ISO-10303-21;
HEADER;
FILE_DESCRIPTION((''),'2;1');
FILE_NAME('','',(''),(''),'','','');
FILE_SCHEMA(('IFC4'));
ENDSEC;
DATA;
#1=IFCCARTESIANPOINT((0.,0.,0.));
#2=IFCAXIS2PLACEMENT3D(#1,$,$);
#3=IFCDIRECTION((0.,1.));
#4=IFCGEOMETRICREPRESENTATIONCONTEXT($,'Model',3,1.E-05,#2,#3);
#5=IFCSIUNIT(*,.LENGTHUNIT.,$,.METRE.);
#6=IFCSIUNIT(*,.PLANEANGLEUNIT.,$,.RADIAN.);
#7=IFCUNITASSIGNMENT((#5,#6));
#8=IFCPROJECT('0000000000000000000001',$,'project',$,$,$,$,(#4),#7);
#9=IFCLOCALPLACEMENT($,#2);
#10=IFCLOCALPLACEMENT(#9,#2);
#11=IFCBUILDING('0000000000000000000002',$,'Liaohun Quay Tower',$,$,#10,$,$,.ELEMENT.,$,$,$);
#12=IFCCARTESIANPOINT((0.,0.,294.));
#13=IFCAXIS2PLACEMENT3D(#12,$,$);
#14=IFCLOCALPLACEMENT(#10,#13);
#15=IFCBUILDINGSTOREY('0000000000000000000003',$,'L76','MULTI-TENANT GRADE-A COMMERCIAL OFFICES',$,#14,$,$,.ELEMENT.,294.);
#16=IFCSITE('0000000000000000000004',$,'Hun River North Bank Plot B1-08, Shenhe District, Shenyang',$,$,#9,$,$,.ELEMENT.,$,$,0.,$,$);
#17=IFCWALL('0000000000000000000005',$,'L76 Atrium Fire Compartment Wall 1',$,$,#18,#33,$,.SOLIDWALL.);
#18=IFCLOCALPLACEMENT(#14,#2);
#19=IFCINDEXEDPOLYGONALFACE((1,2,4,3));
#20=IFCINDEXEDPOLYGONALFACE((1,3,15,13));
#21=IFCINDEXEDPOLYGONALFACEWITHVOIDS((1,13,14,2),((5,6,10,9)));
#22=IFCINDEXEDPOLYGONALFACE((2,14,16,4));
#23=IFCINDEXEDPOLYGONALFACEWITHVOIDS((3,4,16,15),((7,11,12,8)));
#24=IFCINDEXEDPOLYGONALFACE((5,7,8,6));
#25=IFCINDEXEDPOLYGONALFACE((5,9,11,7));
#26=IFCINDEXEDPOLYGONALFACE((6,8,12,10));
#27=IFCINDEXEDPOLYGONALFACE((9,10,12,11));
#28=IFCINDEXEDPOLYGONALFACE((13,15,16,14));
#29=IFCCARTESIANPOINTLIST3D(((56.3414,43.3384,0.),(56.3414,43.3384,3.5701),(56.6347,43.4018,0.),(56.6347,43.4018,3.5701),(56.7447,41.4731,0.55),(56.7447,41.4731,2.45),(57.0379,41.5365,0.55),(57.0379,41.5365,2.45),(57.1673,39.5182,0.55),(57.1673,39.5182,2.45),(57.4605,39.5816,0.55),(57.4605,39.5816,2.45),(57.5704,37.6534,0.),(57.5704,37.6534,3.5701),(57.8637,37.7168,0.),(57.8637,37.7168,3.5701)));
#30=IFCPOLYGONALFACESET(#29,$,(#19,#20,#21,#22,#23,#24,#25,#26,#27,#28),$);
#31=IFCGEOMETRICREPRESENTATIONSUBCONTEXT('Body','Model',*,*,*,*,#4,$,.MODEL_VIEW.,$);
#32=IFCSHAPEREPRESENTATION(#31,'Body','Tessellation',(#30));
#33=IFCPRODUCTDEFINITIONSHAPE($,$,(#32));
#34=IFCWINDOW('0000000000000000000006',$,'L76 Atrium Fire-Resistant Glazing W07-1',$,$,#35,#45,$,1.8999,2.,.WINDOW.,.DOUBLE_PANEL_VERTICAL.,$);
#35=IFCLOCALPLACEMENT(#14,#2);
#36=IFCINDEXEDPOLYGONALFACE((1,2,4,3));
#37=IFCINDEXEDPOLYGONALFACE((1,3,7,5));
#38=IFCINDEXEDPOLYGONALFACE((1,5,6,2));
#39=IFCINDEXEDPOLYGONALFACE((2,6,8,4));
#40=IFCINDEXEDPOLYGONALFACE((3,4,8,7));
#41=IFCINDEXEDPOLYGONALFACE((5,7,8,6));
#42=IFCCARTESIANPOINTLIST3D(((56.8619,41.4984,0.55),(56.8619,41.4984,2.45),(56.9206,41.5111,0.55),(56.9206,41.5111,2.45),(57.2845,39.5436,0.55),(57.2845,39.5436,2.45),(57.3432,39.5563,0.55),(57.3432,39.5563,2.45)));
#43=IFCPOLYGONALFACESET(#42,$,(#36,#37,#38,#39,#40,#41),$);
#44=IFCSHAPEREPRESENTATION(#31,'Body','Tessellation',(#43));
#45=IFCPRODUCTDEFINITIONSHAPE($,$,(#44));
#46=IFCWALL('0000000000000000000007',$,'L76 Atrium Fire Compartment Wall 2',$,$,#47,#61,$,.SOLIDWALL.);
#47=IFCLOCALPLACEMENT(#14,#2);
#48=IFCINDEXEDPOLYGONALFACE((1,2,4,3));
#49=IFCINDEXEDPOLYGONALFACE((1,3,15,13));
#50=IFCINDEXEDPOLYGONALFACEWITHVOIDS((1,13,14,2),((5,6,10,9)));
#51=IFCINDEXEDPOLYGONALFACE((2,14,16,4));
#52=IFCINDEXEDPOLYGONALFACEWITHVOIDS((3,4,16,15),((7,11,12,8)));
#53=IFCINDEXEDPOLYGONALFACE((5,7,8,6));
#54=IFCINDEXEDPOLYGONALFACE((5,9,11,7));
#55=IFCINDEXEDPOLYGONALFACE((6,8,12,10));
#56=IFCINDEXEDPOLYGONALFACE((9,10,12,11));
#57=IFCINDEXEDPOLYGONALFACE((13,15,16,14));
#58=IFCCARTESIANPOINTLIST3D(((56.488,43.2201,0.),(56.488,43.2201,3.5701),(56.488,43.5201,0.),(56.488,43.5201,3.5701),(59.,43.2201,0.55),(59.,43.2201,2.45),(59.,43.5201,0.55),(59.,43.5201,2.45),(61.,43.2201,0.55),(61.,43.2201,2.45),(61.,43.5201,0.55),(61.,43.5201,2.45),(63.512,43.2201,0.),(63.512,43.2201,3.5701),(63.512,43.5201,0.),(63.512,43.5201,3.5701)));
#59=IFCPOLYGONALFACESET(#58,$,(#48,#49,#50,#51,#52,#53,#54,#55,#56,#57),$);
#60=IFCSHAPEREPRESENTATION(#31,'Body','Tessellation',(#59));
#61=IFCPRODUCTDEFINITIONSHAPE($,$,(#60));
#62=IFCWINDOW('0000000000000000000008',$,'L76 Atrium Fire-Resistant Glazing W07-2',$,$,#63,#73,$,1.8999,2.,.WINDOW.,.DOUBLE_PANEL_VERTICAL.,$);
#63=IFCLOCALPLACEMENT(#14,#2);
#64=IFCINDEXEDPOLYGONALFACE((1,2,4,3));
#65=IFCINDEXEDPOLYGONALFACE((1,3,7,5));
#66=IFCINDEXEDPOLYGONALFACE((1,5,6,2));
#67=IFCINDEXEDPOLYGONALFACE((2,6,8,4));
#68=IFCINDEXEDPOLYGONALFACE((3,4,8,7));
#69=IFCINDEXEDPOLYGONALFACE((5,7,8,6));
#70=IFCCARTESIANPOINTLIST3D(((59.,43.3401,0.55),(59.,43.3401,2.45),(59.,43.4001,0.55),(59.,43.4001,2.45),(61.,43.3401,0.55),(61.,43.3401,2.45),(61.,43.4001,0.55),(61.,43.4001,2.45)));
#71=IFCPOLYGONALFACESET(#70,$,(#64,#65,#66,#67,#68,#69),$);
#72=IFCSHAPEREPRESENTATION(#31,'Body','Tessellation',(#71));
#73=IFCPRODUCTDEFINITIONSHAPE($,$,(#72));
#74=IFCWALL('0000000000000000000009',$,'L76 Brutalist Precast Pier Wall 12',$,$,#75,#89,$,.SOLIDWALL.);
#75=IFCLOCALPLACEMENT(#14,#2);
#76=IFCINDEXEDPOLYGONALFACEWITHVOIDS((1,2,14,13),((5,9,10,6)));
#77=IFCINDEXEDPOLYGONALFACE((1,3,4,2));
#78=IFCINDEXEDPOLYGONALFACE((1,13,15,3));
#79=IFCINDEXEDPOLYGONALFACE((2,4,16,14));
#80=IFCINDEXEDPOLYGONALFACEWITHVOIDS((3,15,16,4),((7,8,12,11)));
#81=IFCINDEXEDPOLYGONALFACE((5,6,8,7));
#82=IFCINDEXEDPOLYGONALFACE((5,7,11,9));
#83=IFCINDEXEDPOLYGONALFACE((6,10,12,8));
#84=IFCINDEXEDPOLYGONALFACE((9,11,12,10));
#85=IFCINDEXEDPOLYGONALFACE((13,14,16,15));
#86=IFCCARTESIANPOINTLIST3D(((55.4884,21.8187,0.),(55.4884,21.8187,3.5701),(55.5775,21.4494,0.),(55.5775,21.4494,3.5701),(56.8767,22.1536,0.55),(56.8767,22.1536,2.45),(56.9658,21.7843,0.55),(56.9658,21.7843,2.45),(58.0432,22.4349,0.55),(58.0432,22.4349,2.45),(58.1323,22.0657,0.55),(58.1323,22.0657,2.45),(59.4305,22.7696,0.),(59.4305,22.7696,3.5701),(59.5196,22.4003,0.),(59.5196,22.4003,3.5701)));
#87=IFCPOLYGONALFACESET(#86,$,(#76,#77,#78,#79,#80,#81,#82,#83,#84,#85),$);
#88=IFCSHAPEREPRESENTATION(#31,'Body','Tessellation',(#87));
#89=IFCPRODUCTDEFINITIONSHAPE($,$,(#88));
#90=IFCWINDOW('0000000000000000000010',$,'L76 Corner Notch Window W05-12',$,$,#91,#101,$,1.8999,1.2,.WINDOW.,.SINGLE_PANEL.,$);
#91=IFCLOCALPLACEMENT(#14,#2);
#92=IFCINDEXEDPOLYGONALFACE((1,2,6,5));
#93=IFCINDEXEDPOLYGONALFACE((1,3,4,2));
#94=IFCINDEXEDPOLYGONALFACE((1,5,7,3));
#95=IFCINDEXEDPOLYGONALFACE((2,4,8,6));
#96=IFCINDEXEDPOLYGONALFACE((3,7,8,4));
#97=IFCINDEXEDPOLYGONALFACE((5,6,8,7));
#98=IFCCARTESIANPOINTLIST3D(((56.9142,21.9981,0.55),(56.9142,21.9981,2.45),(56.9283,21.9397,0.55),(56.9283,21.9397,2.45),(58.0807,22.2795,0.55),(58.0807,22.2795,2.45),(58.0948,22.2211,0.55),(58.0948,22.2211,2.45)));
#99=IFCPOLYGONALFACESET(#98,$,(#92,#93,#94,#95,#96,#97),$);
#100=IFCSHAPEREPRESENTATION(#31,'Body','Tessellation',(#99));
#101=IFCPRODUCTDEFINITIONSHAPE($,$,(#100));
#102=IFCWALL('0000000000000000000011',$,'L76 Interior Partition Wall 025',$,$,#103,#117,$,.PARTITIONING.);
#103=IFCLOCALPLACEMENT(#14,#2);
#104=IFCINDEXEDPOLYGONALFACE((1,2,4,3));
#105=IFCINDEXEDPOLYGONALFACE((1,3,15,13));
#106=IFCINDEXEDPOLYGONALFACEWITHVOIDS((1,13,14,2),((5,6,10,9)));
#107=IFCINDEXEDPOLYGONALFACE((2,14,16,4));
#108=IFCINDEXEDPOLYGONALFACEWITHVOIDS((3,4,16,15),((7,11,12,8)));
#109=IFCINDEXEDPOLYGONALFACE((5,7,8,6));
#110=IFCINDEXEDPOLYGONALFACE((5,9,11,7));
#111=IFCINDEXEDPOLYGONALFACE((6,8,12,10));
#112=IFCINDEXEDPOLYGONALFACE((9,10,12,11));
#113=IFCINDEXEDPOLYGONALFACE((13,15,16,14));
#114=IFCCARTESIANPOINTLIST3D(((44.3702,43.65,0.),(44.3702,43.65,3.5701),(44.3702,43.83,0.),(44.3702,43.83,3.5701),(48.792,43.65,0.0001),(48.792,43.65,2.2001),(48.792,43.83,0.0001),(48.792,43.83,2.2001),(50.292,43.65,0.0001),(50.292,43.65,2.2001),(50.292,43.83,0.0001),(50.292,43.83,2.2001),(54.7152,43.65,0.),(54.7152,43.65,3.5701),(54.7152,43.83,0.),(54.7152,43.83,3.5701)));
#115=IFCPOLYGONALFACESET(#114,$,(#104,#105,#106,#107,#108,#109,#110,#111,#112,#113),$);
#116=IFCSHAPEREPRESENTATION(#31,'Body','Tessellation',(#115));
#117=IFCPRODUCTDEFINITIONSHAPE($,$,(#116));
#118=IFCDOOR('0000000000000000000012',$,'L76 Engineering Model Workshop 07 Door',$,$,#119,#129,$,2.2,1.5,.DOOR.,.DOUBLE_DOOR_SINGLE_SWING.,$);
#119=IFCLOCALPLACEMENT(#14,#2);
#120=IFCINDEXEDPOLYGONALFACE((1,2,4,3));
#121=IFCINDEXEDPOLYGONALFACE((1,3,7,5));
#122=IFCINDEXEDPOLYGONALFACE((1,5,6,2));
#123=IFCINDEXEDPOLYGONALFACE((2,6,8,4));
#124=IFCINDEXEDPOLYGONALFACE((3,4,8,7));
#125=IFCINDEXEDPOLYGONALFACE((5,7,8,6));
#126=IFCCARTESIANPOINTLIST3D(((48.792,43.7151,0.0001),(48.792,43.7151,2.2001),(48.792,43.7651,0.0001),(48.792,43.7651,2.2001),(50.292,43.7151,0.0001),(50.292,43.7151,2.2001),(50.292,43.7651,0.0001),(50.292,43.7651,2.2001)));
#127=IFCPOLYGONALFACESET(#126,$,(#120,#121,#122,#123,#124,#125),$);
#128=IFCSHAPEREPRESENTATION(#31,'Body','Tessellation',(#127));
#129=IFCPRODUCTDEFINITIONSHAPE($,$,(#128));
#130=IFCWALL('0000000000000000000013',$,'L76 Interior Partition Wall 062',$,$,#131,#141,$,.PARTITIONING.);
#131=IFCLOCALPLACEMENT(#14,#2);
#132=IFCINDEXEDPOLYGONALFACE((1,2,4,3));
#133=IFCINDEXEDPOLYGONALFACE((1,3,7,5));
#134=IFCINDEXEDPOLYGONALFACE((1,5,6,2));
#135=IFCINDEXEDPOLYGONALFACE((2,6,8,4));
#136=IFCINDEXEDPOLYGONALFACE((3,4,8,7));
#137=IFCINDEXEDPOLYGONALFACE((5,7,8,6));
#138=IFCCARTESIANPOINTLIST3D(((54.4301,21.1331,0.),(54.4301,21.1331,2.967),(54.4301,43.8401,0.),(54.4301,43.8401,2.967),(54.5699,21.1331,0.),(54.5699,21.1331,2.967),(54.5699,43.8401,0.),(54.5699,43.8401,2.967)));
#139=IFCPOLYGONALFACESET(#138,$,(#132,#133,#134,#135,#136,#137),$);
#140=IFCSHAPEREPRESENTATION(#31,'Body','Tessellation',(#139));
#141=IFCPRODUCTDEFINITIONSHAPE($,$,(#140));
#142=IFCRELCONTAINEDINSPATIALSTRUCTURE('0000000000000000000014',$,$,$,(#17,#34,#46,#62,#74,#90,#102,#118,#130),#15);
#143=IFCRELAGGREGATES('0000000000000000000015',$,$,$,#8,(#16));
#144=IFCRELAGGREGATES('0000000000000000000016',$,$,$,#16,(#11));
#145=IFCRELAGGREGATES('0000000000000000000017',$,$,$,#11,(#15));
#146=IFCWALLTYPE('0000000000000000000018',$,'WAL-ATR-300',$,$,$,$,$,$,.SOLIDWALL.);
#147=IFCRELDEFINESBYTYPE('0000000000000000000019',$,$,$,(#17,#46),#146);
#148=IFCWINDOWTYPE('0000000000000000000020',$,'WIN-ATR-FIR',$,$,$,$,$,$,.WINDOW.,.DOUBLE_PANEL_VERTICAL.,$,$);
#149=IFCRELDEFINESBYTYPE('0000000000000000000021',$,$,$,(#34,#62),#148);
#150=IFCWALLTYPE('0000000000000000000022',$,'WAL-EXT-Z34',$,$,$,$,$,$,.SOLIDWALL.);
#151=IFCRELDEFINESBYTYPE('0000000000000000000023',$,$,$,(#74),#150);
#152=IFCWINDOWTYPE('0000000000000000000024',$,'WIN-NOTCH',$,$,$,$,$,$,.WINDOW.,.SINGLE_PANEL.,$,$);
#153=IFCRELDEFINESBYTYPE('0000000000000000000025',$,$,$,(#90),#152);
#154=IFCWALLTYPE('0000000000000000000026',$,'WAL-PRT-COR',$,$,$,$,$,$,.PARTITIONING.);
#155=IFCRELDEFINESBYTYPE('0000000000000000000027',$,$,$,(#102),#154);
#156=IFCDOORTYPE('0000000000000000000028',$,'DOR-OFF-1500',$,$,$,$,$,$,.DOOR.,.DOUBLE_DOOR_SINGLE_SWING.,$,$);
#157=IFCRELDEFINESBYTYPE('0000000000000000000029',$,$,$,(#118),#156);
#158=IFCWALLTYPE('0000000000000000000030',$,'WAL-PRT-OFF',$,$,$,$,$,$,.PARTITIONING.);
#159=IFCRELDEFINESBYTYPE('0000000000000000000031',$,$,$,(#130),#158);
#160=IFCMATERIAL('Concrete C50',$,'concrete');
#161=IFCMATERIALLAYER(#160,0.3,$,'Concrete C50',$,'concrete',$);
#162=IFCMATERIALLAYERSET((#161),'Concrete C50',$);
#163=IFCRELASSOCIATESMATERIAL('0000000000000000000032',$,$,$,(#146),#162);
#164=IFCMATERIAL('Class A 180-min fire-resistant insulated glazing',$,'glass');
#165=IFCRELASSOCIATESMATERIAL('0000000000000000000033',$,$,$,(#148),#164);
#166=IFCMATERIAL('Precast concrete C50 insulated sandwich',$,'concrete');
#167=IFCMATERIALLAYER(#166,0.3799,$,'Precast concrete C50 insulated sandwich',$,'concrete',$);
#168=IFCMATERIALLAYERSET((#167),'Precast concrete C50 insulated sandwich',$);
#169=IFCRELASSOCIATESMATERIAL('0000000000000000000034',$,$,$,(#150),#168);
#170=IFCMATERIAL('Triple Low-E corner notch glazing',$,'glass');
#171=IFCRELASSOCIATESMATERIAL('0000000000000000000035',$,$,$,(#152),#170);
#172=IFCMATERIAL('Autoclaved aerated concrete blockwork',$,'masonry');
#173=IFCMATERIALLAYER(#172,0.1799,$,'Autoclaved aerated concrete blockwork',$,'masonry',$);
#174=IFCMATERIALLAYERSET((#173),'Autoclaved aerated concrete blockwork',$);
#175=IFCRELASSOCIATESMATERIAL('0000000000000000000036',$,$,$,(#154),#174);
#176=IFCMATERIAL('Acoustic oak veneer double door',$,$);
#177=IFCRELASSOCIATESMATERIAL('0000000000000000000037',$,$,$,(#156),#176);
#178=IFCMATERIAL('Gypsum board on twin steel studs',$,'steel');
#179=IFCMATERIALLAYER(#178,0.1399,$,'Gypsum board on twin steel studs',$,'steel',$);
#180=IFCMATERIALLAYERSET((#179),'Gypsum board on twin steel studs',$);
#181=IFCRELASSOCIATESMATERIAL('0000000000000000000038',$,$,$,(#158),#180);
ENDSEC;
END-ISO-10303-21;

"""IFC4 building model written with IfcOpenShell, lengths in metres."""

from ifc_helpers import new_model, si_unit, direction, frame, frame_2d, origin, place, context, subcontext, project, spatial, rectangle, extrude, source, transform, mapped, material, layer, layer_set, type_object, element, fill, save


model = new_model("IFC4")

# Units and contexts
model_context = context("Model", 3, precision=1e-05, world=origin(), true_north=direction((0.0, 1.0)))
body_context = subcontext(model_context, "Body", "Model", "MODEL_VIEW")
ifc_project = project(units=[si_unit("LENGTHUNIT", "METRE"), si_unit("PLANEANGLEUNIT", "RADIAN")], contexts=[model_context])

# Site, building, storey
site_placement = place(None, origin())
site = spatial("IfcSite", under=ifc_project, at=site_placement, Name="Hun River North Bank Plot B1-08, Shenhe District, Shenyang", CompositionType="ELEMENT", RefElevation=0.0)
building_placement = place(site_placement, origin())
building = spatial("IfcBuilding", under=site, at=building_placement, Name="Liaohun Quay Tower", CompositionType="ELEMENT")
storey_placement = place(building_placement, frame((0.0, 0.0, 294.0)))
storey = spatial("IfcBuildingStorey", under=building, at=storey_placement, Name="L76", Description="MULTI-TENANT GRADE-A COMMERCIAL OFFICES", CompositionType="ELEMENT", Elevation=294.0)

# Shared definitions
ifc_material_1 = material(Name="Concrete C50", Category="concrete")

# Walls, openings, windows
ifc_layer_1 = layer(ifc_material_1, 0.3, Name="Concrete C50", Category="concrete")
ifc_layer_set_1 = layer_set([ifc_layer_1], Name="Concrete C50")
wall_type_1 = type_object("IfcWallType", Name="WAL-ATR-300", PredefinedType="SOLIDWALL", material=ifc_layer_set_1)
wall_1_placement = place(storey_placement, frame((57.717, 37.6851, 0.0), z_axis=(0.0, 0.0, 1.0), x_axis=(-0.2113, 0.977421, 0.0)))
wall_1 = element("IfcWall", 1, at=wall_1_placement, inside=storey, type_object=wall_type_1, Name="L76 Atrium Fire Compartment Wall 1", PredefinedType="SOLIDWALL", context=body_context, shape_type="SweptSolid", body=[
    extrude(rectangle(XDim=5.8164, YDim=0.3, at=frame_2d((2.9082, 0.0))), origin(), (0.0, 0.0, 1.0), 3.5701),
])
shared_shape_1 = source(origin(), body_context, "Body", "SweptSolid", [
    extrude(rectangle(XDim=2.0, YDim=1.8999, at=frame_2d((1.0, 0.95))), frame((0.0, 0.1599, 0.0), z_axis=(0.0, -1.0, 0.0), x_axis=(1.0, 0.0, 0.0)), (0.0, 0.0, 1.0), 0.3201),
])
opening_1_placement = place(wall_1_placement, frame((1.908, 0.0, 0.55)))
opening_1 = element("IfcOpeningElement", 2, at=opening_1_placement, cuts=wall_1, PredefinedType="OPENING", context=body_context, shape_type="MappedRepresentation", body=[
    mapped(shared_shape_1, transform((0.0, 0.0, 0.0), x_axis=(1.0, 0.0, 0.0), y_axis=(0.0, 1.0, 0.0), z_axis=(0.0, 0.0, 1.0), scale=1.0)),
])
ifc_material_2 = material(Name="Class A 180-min fire-resistant insulated glazing", Category="glass")
window_type_1 = type_object("IfcWindowType", Name="WIN-ATR-FIR", PartitioningType="DOUBLE_PANEL_VERTICAL", PredefinedType="WINDOW", material=ifc_material_2)
shared_shape_2 = source(origin(), body_context, "Body", "SweptSolid", [
    extrude(rectangle(XDim=2.0, YDim=1.8999, at=frame_2d((1.0, 0.95))), frame((0.0, 0.03, 0.0), z_axis=(0.0, -1.0, 0.0), x_axis=(1.0, 0.0, 0.0)), (0.0, 0.0, 1.0), 0.0601),
])
window_1_placement = place(opening_1_placement, origin())
window_1 = element("IfcWindow", 3, at=window_1_placement, inside=storey, type_object=window_type_1, Name="L76 Atrium Fire-Resistant Glazing W07-1", OverallHeight=1.8999, OverallWidth=2.0, PartitioningType="DOUBLE_PANEL_VERTICAL", PredefinedType="WINDOW", context=body_context, shape_type="MappedRepresentation", body=[
    mapped(shared_shape_2, transform((0.0, 0.0, 0.0), x_axis=(1.0, 0.0, 0.0), y_axis=(0.0, 1.0, 0.0), z_axis=(0.0, 0.0, 1.0), scale=1.0)),
])
fill(opening_1, window_1)
wall_2_placement = place(storey_placement, frame((56.488, 43.3701, 0.0), z_axis=(0.0, 0.0, 1.0), x_axis=(1.0, 0.0, 0.0)))
wall_2 = element("IfcWall", 4, at=wall_2_placement, inside=storey, type_object=wall_type_1, Name="L76 Atrium Fire Compartment Wall 2", PredefinedType="SOLIDWALL", context=body_context, shape_type="SweptSolid", body=[
    extrude(rectangle(XDim=7.0239, YDim=0.3, at=frame_2d((3.512, 0.0))), origin(), (0.0, 0.0, 1.0), 3.5701),
])
opening_2_placement = place(wall_2_placement, frame((2.512, 0.0, 0.55)))
opening_2 = element("IfcOpeningElement", 5, at=opening_2_placement, cuts=wall_2, PredefinedType="OPENING", context=body_context, shape_type="MappedRepresentation", body=[
    mapped(shared_shape_1, transform((0.0, 0.0, 0.0), x_axis=(1.0, 0.0, 0.0), y_axis=(0.0, 1.0, 0.0), z_axis=(0.0, 0.0, 1.0), scale=1.0)),
])
window_2_placement = place(opening_2_placement, origin())
window_2 = element("IfcWindow", 6, at=window_2_placement, inside=storey, type_object=window_type_1, Name="L76 Atrium Fire-Resistant Glazing W07-2", OverallHeight=1.8999, OverallWidth=2.0, PartitioningType="DOUBLE_PANEL_VERTICAL", PredefinedType="WINDOW", context=body_context, shape_type="MappedRepresentation", body=[
    mapped(shared_shape_2, transform((0.0, 0.0, 0.0), x_axis=(1.0, 0.0, 0.0), y_axis=(0.0, 1.0, 0.0), z_axis=(0.0, 0.0, 1.0), scale=1.0)),
])
fill(opening_2, window_2)
ifc_material_3 = material(Name="Precast concrete C50 insulated sandwich", Category="concrete")
ifc_layer_2 = layer(ifc_material_3, 0.3799, Name="Precast concrete C50 insulated sandwich", Category="concrete")
ifc_layer_set_2 = layer_set([ifc_layer_2], Name="Precast concrete C50 insulated sandwich")
wall_type_2 = type_object("IfcWallType", Name="WAL-EXT-Z34", PredefinedType="SOLIDWALL", material=ifc_layer_set_2)
wall_3_placement = place(storey_placement, frame((55.533, 21.634, 0.0), z_axis=(0.0, 0.0, 1.0), x_axis=(0.972117, 0.234495, 0.0)))
wall_3 = element("IfcWall", 7, at=wall_3_placement, inside=storey, type_object=wall_type_2, Name="L76 Brutalist Precast Pier Wall 12", PredefinedType="SOLIDWALL", context=body_context, shape_type="SweptSolid", body=[
    extrude(rectangle(XDim=4.0552, YDim=0.3799, at=frame_2d((2.0276, 0.0))), origin(), (0.0, 0.0, 1.0), 3.5701),
])
shared_shape_3 = source(origin(), body_context, "Body", "SweptSolid", [
    extrude(rectangle(XDim=1.2, YDim=1.8999, at=frame_2d((0.6001, 0.95))), frame((0.0, 0.2, 0.0), z_axis=(0.0, -1.0, 0.0), x_axis=(1.0, 0.0, 0.0)), (0.0, 0.0, 1.0), 0.3999),
])
opening_3_placement = place(wall_3_placement, frame((1.428, 0.0, 0.55)))
opening_3 = element("IfcOpeningElement", 8, at=opening_3_placement, cuts=wall_3, PredefinedType="OPENING", context=body_context, shape_type="MappedRepresentation", body=[
    mapped(shared_shape_3, transform((0.0, 0.0, 0.0), x_axis=(1.0, 0.0, 0.0), y_axis=(0.0, 1.0, 0.0), z_axis=(0.0, 0.0, 1.0), scale=1.0)),
])
ifc_material_4 = material(Name="Triple Low-E corner notch glazing", Category="glass")
window_type_2 = type_object("IfcWindowType", Name="WIN-NOTCH", PartitioningType="SINGLE_PANEL", PredefinedType="WINDOW", material=ifc_material_4)
shared_shape_4 = source(origin(), body_context, "Body", "SweptSolid", [
    extrude(rectangle(XDim=1.2, YDim=1.8999, at=frame_2d((0.6001, 0.95))), frame((0.0, 0.03, 0.0), z_axis=(0.0, -1.0, 0.0), x_axis=(1.0, 0.0, 0.0)), (0.0, 0.0, 1.0), 0.0601),
])
window_3_placement = place(opening_3_placement, origin())
window_3 = element("IfcWindow", 9, at=window_3_placement, inside=storey, type_object=window_type_2, Name="L76 Corner Notch Window W05-12", OverallHeight=1.8999, OverallWidth=1.2, PartitioningType="SINGLE_PANEL", PredefinedType="WINDOW", context=body_context, shape_type="MappedRepresentation", body=[
    mapped(shared_shape_4, transform((0.0, 0.0, 0.0), x_axis=(1.0, 0.0, 0.0), y_axis=(0.0, 1.0, 0.0), z_axis=(0.0, 0.0, 1.0), scale=1.0)),
])
fill(opening_3, window_3)

# Wall, opening, door
ifc_material_5 = material(Name="Autoclaved aerated concrete blockwork", Category="masonry")
ifc_layer_3 = layer(ifc_material_5, 0.1799, Name="Autoclaved aerated concrete blockwork", Category="masonry")
ifc_layer_set_3 = layer_set([ifc_layer_3], Name="Autoclaved aerated concrete blockwork")
wall_type_3 = type_object("IfcWallType", Name="WAL-PRT-COR", PredefinedType="PARTITIONING", material=ifc_layer_set_3)
wall_4_placement = place(storey_placement, frame((54.7151, 43.74, 0.0), z_axis=(0.0, 0.0, 1.0), x_axis=(-1.0, 0.0, 0.0)))
wall_4 = element("IfcWall", 10, at=wall_4_placement, inside=storey, type_object=wall_type_3, Name="L76 Interior Partition Wall 025", PredefinedType="PARTITIONING", context=body_context, shape_type="SweptSolid", body=[
    extrude(rectangle(XDim=10.345, YDim=0.1799, at=frame_2d((5.1724, 0.0))), origin(), (0.0, 0.0, 1.0), 3.5701),
])
shared_shape_5 = source(origin(), body_context, "Body", "SweptSolid", [
    extrude(rectangle(XDim=1.5, YDim=2.2, at=frame_2d((0.75, 1.1001))), frame((0.0, 0.0999, 0.0), z_axis=(0.0, -1.0, 0.0), x_axis=(1.0, 0.0, 0.0)), (0.0, 0.0, 1.0), 0.2),
])
opening_4_placement = place(wall_4_placement, frame((4.4231, 0.0, 0.0)))
opening_4 = element("IfcOpeningElement", 11, at=opening_4_placement, cuts=wall_4, PredefinedType="OPENING", context=body_context, shape_type="MappedRepresentation", body=[
    mapped(shared_shape_5, transform((0.0, 0.0, 0.0), x_axis=(1.0, 0.0, 0.0), y_axis=(0.0, 1.0, 0.0), z_axis=(0.0, 0.0, 1.0), scale=1.0)),
])
ifc_material_6 = material(Name="Acoustic oak veneer double door")
door_type = type_object("IfcDoorType", Name="DOR-OFF-1500", OperationType="DOUBLE_DOOR_SINGLE_SWING", PredefinedType="DOOR", material=ifc_material_6)
shared_shape_6 = source(origin(), body_context, "Body", "SweptSolid", [
    extrude(rectangle(XDim=1.5, YDim=2.2, at=frame_2d((0.75, 1.1001))), frame((0.0, 0.0249, 0.0), z_axis=(0.0, -1.0, 0.0), x_axis=(1.0, 0.0, 0.0)), (0.0, 0.0, 1.0), 0.05),
])
door_placement = place(opening_4_placement, origin())
door = element("IfcDoor", 12, at=door_placement, inside=storey, type_object=door_type, Name="L76 Engineering Model Workshop 07 Door", OperationType="DOUBLE_DOOR_SINGLE_SWING", OverallHeight=2.2, OverallWidth=1.5, PredefinedType="DOOR", context=body_context, shape_type="MappedRepresentation", body=[
    mapped(shared_shape_6, transform((0.0, 0.0, 0.0), x_axis=(1.0, 0.0, 0.0), y_axis=(0.0, 1.0, 0.0), z_axis=(0.0, 0.0, 1.0), scale=1.0)),
])
fill(opening_4, door)

# Wall
ifc_material_7 = material(Name="Gypsum board on twin steel studs", Category="steel")
ifc_layer_4 = layer(ifc_material_7, 0.1399, Name="Gypsum board on twin steel studs", Category="steel")
ifc_layer_set_4 = layer_set([ifc_layer_4], Name="Gypsum board on twin steel studs")
wall_type_4 = type_object("IfcWallType", Name="WAL-PRT-OFF", PredefinedType="PARTITIONING", material=ifc_layer_set_4)
wall_5_placement = place(storey_placement, frame((54.5, 43.8401, 0.0), z_axis=(0.0, 0.0, 1.0), x_axis=(0.0, -1.0, 0.0)))
element("IfcWall", 13, at=wall_5_placement, inside=storey, type_object=wall_type_4, Name="L76 Interior Partition Wall 062", PredefinedType="PARTITIONING", context=body_context, shape_type="SweptSolid", body=[
    extrude(rectangle(XDim=22.707, YDim=0.1399, at=frame_2d((11.3535, 0.0))), origin(), (0.0, 0.0, 1.0), 2.967),
])

save(model, "model.ifc")
